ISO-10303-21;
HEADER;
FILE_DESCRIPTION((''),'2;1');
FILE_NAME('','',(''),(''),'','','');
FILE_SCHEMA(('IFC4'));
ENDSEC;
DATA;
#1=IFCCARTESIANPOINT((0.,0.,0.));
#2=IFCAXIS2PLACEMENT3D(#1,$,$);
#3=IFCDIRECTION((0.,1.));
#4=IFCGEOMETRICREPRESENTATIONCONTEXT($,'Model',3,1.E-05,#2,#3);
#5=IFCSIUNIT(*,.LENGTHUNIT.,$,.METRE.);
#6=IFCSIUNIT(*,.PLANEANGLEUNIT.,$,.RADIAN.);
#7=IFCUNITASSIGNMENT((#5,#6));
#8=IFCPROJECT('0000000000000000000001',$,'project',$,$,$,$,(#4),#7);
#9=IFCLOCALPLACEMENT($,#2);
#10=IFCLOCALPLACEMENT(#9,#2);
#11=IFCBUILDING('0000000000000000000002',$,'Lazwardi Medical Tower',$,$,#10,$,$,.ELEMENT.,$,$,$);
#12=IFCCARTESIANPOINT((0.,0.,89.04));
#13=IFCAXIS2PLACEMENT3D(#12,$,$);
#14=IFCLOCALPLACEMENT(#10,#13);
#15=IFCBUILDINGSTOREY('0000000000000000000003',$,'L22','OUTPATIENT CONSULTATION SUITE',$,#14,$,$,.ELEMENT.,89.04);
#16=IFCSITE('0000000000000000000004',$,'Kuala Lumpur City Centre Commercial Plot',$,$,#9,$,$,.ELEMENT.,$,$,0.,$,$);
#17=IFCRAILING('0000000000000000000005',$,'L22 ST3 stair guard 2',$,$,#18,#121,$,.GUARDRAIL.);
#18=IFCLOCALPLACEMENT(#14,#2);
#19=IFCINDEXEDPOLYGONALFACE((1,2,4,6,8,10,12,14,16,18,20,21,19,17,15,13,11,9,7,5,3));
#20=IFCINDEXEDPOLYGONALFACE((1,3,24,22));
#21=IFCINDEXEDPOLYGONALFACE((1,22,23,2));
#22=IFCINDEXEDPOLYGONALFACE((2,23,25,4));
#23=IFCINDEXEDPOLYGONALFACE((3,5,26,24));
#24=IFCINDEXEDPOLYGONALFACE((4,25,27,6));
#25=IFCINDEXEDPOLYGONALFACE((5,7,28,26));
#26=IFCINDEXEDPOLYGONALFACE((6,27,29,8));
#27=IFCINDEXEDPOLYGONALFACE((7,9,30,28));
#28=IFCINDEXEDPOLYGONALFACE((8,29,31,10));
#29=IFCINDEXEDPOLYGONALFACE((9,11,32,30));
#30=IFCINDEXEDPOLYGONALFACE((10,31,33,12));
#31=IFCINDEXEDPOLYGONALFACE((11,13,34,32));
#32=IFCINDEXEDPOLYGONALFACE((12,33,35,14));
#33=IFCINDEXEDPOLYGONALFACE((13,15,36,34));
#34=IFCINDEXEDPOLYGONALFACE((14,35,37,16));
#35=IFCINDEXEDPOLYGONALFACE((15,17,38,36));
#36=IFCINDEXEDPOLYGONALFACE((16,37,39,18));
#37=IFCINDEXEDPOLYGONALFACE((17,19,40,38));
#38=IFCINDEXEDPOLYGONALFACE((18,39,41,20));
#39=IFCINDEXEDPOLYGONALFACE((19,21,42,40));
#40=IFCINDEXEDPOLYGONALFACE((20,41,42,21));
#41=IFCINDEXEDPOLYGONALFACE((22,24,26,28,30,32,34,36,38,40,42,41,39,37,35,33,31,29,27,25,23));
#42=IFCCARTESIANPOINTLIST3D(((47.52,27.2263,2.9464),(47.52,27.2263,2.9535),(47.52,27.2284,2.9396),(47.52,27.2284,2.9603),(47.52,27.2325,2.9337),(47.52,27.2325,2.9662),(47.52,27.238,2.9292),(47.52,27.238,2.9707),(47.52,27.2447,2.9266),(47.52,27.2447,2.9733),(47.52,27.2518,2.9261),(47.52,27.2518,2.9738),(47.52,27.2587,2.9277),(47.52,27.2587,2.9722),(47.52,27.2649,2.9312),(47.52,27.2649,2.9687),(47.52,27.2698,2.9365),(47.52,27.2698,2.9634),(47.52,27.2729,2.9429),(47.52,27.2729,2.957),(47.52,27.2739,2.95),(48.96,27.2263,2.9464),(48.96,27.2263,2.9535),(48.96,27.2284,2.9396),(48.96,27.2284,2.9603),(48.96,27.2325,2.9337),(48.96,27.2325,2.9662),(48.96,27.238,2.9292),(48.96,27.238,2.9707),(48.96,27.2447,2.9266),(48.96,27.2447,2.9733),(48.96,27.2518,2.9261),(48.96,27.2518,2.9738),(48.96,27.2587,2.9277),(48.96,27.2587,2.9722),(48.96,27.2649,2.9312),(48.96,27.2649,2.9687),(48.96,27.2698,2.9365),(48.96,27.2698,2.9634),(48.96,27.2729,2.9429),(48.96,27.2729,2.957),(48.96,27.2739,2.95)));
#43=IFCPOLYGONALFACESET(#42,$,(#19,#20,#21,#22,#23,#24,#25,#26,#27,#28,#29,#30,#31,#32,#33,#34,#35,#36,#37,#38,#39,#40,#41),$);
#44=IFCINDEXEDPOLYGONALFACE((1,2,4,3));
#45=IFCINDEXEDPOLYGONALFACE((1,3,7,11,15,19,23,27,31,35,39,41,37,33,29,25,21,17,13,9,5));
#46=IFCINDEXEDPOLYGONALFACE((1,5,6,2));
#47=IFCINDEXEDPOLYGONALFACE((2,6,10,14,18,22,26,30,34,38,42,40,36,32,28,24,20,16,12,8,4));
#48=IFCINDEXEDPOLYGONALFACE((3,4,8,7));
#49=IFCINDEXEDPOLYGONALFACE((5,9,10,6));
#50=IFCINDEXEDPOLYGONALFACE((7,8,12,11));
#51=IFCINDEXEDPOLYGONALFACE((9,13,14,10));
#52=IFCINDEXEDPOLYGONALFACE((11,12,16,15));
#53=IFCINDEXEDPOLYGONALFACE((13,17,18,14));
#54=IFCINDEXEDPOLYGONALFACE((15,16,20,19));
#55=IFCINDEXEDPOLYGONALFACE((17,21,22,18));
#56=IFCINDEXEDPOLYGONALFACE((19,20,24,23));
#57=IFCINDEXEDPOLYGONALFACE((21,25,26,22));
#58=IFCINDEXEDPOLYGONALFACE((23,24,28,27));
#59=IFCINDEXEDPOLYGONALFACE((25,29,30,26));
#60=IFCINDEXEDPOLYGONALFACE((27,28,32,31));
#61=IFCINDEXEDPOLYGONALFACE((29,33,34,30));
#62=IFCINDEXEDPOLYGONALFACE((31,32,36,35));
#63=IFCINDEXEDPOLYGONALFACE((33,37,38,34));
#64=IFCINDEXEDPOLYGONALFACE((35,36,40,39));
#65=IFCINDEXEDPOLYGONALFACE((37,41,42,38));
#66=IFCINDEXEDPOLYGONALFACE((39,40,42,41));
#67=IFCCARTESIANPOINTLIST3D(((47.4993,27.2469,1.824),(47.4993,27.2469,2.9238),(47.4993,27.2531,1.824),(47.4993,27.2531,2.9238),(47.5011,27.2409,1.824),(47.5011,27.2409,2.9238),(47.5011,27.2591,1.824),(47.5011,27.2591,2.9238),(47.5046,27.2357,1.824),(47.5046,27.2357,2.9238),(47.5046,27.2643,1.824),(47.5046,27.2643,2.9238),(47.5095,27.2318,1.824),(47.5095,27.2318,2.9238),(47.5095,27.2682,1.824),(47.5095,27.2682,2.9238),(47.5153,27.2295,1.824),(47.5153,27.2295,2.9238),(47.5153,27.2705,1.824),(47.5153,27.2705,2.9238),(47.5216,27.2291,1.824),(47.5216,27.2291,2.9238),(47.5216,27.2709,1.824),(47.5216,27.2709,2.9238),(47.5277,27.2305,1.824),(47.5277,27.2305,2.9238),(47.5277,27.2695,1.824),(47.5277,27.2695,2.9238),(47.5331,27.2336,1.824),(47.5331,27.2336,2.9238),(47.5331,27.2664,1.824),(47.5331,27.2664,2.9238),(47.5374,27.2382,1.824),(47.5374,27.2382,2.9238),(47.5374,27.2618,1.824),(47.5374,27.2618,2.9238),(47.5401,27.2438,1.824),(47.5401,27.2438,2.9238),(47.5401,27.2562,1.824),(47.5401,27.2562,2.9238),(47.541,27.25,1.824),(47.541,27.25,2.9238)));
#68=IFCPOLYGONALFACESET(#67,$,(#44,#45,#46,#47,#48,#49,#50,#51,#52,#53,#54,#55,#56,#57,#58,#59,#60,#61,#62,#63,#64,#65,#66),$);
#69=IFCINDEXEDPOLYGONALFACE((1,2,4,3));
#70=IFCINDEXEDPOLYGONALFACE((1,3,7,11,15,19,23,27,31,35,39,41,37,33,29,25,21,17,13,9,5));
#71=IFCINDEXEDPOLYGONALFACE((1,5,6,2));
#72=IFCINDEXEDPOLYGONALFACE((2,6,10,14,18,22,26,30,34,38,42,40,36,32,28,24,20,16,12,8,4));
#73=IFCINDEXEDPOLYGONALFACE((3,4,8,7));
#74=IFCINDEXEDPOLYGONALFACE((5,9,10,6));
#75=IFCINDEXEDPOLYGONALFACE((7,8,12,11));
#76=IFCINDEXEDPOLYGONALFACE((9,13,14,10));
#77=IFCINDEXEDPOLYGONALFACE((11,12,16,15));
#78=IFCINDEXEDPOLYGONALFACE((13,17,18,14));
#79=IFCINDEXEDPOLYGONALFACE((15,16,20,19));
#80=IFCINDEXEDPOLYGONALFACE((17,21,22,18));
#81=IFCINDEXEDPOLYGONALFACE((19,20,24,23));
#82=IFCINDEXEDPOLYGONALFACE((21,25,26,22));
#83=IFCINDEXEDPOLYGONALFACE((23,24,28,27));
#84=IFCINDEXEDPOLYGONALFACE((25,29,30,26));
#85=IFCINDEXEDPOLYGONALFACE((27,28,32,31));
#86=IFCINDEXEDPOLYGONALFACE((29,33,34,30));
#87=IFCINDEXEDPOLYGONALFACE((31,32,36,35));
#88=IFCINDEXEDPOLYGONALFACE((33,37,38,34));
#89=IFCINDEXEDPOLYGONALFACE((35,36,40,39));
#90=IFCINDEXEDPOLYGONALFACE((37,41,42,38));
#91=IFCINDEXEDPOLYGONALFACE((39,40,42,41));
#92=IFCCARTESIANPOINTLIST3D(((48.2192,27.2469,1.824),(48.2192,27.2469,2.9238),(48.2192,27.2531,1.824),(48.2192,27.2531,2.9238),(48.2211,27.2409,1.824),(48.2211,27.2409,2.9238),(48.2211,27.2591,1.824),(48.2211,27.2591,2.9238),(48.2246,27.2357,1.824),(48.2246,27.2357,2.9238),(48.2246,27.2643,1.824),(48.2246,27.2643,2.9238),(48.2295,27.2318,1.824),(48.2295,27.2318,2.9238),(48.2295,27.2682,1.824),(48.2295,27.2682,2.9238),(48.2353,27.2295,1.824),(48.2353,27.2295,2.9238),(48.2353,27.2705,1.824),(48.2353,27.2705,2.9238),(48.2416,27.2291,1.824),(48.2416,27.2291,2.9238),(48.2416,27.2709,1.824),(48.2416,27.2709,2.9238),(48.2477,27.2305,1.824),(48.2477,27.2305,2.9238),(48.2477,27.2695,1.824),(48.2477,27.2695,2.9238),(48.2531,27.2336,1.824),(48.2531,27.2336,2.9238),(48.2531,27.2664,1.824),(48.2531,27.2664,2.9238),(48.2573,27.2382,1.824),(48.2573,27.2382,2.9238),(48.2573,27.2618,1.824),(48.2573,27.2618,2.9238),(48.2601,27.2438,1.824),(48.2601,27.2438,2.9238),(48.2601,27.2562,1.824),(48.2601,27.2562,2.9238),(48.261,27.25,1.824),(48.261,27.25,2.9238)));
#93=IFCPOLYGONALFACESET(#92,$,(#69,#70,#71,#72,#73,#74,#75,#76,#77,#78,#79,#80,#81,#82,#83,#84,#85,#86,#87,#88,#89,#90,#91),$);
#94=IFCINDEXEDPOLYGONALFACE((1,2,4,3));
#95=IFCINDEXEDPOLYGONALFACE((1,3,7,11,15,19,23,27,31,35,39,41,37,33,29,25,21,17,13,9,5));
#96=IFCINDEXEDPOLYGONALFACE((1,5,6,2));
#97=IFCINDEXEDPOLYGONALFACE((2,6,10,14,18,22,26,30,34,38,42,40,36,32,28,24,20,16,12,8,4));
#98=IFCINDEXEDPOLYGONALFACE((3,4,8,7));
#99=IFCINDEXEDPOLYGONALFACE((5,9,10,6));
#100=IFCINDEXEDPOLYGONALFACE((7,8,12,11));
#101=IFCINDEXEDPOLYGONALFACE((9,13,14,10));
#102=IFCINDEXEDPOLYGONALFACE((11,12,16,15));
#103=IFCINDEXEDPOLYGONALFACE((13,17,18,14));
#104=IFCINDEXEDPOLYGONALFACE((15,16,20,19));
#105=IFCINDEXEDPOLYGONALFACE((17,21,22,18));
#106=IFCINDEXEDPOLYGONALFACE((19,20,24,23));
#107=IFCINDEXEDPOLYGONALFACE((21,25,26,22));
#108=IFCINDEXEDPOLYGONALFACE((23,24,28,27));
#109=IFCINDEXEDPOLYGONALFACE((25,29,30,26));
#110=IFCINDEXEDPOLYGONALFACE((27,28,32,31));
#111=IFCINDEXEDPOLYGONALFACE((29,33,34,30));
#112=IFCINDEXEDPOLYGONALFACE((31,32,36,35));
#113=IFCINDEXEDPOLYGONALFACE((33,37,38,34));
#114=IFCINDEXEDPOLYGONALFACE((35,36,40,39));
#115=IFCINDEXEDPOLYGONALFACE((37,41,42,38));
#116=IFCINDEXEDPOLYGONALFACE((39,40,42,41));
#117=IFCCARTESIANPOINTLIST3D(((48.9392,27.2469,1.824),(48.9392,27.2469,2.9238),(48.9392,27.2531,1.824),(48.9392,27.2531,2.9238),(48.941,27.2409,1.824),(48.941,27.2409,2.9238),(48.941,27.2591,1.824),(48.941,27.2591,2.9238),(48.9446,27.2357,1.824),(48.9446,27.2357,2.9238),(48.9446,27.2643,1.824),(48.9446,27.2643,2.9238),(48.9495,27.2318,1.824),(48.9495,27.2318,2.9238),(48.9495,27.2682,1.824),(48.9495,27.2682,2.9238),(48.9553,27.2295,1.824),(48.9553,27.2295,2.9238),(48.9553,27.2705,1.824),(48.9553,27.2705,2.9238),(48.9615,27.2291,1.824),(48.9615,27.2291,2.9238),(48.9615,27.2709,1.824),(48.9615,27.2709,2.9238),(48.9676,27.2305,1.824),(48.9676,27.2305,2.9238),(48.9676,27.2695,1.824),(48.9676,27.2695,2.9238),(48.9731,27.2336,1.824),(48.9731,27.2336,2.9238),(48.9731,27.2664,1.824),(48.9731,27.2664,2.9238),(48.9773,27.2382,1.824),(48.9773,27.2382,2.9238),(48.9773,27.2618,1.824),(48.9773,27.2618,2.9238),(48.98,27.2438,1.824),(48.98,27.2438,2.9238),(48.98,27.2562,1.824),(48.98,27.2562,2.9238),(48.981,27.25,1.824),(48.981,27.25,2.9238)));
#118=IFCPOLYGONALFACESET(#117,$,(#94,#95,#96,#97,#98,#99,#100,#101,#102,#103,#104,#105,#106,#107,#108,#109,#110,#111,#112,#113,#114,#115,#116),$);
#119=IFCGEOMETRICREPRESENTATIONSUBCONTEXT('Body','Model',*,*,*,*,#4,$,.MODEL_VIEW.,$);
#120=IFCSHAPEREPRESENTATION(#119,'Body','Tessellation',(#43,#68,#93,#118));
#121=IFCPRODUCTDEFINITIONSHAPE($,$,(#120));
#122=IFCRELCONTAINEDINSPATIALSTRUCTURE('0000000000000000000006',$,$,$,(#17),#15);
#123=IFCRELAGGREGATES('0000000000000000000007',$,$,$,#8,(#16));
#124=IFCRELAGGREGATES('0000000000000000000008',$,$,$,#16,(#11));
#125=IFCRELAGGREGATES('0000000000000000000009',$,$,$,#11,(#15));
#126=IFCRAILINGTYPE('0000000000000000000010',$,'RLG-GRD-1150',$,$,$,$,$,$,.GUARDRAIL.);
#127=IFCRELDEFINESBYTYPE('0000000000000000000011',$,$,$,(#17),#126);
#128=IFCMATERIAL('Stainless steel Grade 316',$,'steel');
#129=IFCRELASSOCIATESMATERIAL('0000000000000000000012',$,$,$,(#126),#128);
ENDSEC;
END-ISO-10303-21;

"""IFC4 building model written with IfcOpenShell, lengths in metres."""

from ifc_helpers import new_model, si_unit, direction, frame, origin, origin_2d, place, context, subcontext, project, spatial, circle, extrude, material, type_object, element, save


model = new_model("IFC4")

# Units and contexts
model_context = context("Model", 3, precision=1e-05, world=origin(), true_north=direction((0.0, 1.0)))
body_context = subcontext(model_context, "Body", "Model", "MODEL_VIEW")
ifc_project = project(units=[si_unit("LENGTHUNIT", "METRE"), si_unit("PLANEANGLEUNIT", "RADIAN")], contexts=[model_context])

# Site, building, storey
site_placement = place(None, origin())
site = spatial("IfcSite", under=ifc_project, at=site_placement, Name="Kuala Lumpur City Centre Commercial Plot", CompositionType="ELEMENT", RefElevation=0.0)
building_placement = place(site_placement, origin())
building = spatial("IfcBuilding", under=site, at=building_placement, Name="Lazwardi Medical Tower", CompositionType="ELEMENT")
storey_placement = place(building_placement, frame((0.0, 0.0, 89.04)))
storey = spatial("IfcBuildingStorey", under=building, at=storey_placement, Name="L22", Description="OUTPATIENT CONSULTATION SUITE", CompositionType="ELEMENT", Elevation=89.04)

# Railing
ifc_material_1 = material(Name="Stainless steel Grade 316", Category="steel")
railing_type_1 = type_object("IfcRailingType", Name="RLG-GRD-1150", PredefinedType="GUARDRAIL", material=ifc_material_1)
railing_1_placement = place(storey_placement, frame((47.52, 27.25, 1.824)))
element("IfcRailing", 1, at=railing_1_placement, inside=storey, type_object=railing_type_1, Name="L22 ST3 stair guard 2", PredefinedType="GUARDRAIL", context=body_context, shape_type="SweptSolid", body=[
    extrude(circle(Radius=0.0239, at=origin_2d()), frame((0.0, 0.0, 1.126), z_axis=(1.0, 0.0, 0.0), x_axis=(0.0, 1.0, 0.0)), (0.0, 0.0, 1.0), 1.4399),
    extrude(circle(Radius=0.021, at=origin_2d()), origin(), (0.0, 0.0, 1.0), 1.0999),
    extrude(circle(Radius=0.021, at=origin_2d()), frame((0.72, 0.0, 0.0)), (0.0, 0.0, 1.0), 1.0999),
    extrude(circle(Radius=0.021, at=origin_2d()), frame((1.4399, 0.0, 0.0)), (0.0, 0.0, 1.0), 1.0999),
])

save(model, "model.ifc")
